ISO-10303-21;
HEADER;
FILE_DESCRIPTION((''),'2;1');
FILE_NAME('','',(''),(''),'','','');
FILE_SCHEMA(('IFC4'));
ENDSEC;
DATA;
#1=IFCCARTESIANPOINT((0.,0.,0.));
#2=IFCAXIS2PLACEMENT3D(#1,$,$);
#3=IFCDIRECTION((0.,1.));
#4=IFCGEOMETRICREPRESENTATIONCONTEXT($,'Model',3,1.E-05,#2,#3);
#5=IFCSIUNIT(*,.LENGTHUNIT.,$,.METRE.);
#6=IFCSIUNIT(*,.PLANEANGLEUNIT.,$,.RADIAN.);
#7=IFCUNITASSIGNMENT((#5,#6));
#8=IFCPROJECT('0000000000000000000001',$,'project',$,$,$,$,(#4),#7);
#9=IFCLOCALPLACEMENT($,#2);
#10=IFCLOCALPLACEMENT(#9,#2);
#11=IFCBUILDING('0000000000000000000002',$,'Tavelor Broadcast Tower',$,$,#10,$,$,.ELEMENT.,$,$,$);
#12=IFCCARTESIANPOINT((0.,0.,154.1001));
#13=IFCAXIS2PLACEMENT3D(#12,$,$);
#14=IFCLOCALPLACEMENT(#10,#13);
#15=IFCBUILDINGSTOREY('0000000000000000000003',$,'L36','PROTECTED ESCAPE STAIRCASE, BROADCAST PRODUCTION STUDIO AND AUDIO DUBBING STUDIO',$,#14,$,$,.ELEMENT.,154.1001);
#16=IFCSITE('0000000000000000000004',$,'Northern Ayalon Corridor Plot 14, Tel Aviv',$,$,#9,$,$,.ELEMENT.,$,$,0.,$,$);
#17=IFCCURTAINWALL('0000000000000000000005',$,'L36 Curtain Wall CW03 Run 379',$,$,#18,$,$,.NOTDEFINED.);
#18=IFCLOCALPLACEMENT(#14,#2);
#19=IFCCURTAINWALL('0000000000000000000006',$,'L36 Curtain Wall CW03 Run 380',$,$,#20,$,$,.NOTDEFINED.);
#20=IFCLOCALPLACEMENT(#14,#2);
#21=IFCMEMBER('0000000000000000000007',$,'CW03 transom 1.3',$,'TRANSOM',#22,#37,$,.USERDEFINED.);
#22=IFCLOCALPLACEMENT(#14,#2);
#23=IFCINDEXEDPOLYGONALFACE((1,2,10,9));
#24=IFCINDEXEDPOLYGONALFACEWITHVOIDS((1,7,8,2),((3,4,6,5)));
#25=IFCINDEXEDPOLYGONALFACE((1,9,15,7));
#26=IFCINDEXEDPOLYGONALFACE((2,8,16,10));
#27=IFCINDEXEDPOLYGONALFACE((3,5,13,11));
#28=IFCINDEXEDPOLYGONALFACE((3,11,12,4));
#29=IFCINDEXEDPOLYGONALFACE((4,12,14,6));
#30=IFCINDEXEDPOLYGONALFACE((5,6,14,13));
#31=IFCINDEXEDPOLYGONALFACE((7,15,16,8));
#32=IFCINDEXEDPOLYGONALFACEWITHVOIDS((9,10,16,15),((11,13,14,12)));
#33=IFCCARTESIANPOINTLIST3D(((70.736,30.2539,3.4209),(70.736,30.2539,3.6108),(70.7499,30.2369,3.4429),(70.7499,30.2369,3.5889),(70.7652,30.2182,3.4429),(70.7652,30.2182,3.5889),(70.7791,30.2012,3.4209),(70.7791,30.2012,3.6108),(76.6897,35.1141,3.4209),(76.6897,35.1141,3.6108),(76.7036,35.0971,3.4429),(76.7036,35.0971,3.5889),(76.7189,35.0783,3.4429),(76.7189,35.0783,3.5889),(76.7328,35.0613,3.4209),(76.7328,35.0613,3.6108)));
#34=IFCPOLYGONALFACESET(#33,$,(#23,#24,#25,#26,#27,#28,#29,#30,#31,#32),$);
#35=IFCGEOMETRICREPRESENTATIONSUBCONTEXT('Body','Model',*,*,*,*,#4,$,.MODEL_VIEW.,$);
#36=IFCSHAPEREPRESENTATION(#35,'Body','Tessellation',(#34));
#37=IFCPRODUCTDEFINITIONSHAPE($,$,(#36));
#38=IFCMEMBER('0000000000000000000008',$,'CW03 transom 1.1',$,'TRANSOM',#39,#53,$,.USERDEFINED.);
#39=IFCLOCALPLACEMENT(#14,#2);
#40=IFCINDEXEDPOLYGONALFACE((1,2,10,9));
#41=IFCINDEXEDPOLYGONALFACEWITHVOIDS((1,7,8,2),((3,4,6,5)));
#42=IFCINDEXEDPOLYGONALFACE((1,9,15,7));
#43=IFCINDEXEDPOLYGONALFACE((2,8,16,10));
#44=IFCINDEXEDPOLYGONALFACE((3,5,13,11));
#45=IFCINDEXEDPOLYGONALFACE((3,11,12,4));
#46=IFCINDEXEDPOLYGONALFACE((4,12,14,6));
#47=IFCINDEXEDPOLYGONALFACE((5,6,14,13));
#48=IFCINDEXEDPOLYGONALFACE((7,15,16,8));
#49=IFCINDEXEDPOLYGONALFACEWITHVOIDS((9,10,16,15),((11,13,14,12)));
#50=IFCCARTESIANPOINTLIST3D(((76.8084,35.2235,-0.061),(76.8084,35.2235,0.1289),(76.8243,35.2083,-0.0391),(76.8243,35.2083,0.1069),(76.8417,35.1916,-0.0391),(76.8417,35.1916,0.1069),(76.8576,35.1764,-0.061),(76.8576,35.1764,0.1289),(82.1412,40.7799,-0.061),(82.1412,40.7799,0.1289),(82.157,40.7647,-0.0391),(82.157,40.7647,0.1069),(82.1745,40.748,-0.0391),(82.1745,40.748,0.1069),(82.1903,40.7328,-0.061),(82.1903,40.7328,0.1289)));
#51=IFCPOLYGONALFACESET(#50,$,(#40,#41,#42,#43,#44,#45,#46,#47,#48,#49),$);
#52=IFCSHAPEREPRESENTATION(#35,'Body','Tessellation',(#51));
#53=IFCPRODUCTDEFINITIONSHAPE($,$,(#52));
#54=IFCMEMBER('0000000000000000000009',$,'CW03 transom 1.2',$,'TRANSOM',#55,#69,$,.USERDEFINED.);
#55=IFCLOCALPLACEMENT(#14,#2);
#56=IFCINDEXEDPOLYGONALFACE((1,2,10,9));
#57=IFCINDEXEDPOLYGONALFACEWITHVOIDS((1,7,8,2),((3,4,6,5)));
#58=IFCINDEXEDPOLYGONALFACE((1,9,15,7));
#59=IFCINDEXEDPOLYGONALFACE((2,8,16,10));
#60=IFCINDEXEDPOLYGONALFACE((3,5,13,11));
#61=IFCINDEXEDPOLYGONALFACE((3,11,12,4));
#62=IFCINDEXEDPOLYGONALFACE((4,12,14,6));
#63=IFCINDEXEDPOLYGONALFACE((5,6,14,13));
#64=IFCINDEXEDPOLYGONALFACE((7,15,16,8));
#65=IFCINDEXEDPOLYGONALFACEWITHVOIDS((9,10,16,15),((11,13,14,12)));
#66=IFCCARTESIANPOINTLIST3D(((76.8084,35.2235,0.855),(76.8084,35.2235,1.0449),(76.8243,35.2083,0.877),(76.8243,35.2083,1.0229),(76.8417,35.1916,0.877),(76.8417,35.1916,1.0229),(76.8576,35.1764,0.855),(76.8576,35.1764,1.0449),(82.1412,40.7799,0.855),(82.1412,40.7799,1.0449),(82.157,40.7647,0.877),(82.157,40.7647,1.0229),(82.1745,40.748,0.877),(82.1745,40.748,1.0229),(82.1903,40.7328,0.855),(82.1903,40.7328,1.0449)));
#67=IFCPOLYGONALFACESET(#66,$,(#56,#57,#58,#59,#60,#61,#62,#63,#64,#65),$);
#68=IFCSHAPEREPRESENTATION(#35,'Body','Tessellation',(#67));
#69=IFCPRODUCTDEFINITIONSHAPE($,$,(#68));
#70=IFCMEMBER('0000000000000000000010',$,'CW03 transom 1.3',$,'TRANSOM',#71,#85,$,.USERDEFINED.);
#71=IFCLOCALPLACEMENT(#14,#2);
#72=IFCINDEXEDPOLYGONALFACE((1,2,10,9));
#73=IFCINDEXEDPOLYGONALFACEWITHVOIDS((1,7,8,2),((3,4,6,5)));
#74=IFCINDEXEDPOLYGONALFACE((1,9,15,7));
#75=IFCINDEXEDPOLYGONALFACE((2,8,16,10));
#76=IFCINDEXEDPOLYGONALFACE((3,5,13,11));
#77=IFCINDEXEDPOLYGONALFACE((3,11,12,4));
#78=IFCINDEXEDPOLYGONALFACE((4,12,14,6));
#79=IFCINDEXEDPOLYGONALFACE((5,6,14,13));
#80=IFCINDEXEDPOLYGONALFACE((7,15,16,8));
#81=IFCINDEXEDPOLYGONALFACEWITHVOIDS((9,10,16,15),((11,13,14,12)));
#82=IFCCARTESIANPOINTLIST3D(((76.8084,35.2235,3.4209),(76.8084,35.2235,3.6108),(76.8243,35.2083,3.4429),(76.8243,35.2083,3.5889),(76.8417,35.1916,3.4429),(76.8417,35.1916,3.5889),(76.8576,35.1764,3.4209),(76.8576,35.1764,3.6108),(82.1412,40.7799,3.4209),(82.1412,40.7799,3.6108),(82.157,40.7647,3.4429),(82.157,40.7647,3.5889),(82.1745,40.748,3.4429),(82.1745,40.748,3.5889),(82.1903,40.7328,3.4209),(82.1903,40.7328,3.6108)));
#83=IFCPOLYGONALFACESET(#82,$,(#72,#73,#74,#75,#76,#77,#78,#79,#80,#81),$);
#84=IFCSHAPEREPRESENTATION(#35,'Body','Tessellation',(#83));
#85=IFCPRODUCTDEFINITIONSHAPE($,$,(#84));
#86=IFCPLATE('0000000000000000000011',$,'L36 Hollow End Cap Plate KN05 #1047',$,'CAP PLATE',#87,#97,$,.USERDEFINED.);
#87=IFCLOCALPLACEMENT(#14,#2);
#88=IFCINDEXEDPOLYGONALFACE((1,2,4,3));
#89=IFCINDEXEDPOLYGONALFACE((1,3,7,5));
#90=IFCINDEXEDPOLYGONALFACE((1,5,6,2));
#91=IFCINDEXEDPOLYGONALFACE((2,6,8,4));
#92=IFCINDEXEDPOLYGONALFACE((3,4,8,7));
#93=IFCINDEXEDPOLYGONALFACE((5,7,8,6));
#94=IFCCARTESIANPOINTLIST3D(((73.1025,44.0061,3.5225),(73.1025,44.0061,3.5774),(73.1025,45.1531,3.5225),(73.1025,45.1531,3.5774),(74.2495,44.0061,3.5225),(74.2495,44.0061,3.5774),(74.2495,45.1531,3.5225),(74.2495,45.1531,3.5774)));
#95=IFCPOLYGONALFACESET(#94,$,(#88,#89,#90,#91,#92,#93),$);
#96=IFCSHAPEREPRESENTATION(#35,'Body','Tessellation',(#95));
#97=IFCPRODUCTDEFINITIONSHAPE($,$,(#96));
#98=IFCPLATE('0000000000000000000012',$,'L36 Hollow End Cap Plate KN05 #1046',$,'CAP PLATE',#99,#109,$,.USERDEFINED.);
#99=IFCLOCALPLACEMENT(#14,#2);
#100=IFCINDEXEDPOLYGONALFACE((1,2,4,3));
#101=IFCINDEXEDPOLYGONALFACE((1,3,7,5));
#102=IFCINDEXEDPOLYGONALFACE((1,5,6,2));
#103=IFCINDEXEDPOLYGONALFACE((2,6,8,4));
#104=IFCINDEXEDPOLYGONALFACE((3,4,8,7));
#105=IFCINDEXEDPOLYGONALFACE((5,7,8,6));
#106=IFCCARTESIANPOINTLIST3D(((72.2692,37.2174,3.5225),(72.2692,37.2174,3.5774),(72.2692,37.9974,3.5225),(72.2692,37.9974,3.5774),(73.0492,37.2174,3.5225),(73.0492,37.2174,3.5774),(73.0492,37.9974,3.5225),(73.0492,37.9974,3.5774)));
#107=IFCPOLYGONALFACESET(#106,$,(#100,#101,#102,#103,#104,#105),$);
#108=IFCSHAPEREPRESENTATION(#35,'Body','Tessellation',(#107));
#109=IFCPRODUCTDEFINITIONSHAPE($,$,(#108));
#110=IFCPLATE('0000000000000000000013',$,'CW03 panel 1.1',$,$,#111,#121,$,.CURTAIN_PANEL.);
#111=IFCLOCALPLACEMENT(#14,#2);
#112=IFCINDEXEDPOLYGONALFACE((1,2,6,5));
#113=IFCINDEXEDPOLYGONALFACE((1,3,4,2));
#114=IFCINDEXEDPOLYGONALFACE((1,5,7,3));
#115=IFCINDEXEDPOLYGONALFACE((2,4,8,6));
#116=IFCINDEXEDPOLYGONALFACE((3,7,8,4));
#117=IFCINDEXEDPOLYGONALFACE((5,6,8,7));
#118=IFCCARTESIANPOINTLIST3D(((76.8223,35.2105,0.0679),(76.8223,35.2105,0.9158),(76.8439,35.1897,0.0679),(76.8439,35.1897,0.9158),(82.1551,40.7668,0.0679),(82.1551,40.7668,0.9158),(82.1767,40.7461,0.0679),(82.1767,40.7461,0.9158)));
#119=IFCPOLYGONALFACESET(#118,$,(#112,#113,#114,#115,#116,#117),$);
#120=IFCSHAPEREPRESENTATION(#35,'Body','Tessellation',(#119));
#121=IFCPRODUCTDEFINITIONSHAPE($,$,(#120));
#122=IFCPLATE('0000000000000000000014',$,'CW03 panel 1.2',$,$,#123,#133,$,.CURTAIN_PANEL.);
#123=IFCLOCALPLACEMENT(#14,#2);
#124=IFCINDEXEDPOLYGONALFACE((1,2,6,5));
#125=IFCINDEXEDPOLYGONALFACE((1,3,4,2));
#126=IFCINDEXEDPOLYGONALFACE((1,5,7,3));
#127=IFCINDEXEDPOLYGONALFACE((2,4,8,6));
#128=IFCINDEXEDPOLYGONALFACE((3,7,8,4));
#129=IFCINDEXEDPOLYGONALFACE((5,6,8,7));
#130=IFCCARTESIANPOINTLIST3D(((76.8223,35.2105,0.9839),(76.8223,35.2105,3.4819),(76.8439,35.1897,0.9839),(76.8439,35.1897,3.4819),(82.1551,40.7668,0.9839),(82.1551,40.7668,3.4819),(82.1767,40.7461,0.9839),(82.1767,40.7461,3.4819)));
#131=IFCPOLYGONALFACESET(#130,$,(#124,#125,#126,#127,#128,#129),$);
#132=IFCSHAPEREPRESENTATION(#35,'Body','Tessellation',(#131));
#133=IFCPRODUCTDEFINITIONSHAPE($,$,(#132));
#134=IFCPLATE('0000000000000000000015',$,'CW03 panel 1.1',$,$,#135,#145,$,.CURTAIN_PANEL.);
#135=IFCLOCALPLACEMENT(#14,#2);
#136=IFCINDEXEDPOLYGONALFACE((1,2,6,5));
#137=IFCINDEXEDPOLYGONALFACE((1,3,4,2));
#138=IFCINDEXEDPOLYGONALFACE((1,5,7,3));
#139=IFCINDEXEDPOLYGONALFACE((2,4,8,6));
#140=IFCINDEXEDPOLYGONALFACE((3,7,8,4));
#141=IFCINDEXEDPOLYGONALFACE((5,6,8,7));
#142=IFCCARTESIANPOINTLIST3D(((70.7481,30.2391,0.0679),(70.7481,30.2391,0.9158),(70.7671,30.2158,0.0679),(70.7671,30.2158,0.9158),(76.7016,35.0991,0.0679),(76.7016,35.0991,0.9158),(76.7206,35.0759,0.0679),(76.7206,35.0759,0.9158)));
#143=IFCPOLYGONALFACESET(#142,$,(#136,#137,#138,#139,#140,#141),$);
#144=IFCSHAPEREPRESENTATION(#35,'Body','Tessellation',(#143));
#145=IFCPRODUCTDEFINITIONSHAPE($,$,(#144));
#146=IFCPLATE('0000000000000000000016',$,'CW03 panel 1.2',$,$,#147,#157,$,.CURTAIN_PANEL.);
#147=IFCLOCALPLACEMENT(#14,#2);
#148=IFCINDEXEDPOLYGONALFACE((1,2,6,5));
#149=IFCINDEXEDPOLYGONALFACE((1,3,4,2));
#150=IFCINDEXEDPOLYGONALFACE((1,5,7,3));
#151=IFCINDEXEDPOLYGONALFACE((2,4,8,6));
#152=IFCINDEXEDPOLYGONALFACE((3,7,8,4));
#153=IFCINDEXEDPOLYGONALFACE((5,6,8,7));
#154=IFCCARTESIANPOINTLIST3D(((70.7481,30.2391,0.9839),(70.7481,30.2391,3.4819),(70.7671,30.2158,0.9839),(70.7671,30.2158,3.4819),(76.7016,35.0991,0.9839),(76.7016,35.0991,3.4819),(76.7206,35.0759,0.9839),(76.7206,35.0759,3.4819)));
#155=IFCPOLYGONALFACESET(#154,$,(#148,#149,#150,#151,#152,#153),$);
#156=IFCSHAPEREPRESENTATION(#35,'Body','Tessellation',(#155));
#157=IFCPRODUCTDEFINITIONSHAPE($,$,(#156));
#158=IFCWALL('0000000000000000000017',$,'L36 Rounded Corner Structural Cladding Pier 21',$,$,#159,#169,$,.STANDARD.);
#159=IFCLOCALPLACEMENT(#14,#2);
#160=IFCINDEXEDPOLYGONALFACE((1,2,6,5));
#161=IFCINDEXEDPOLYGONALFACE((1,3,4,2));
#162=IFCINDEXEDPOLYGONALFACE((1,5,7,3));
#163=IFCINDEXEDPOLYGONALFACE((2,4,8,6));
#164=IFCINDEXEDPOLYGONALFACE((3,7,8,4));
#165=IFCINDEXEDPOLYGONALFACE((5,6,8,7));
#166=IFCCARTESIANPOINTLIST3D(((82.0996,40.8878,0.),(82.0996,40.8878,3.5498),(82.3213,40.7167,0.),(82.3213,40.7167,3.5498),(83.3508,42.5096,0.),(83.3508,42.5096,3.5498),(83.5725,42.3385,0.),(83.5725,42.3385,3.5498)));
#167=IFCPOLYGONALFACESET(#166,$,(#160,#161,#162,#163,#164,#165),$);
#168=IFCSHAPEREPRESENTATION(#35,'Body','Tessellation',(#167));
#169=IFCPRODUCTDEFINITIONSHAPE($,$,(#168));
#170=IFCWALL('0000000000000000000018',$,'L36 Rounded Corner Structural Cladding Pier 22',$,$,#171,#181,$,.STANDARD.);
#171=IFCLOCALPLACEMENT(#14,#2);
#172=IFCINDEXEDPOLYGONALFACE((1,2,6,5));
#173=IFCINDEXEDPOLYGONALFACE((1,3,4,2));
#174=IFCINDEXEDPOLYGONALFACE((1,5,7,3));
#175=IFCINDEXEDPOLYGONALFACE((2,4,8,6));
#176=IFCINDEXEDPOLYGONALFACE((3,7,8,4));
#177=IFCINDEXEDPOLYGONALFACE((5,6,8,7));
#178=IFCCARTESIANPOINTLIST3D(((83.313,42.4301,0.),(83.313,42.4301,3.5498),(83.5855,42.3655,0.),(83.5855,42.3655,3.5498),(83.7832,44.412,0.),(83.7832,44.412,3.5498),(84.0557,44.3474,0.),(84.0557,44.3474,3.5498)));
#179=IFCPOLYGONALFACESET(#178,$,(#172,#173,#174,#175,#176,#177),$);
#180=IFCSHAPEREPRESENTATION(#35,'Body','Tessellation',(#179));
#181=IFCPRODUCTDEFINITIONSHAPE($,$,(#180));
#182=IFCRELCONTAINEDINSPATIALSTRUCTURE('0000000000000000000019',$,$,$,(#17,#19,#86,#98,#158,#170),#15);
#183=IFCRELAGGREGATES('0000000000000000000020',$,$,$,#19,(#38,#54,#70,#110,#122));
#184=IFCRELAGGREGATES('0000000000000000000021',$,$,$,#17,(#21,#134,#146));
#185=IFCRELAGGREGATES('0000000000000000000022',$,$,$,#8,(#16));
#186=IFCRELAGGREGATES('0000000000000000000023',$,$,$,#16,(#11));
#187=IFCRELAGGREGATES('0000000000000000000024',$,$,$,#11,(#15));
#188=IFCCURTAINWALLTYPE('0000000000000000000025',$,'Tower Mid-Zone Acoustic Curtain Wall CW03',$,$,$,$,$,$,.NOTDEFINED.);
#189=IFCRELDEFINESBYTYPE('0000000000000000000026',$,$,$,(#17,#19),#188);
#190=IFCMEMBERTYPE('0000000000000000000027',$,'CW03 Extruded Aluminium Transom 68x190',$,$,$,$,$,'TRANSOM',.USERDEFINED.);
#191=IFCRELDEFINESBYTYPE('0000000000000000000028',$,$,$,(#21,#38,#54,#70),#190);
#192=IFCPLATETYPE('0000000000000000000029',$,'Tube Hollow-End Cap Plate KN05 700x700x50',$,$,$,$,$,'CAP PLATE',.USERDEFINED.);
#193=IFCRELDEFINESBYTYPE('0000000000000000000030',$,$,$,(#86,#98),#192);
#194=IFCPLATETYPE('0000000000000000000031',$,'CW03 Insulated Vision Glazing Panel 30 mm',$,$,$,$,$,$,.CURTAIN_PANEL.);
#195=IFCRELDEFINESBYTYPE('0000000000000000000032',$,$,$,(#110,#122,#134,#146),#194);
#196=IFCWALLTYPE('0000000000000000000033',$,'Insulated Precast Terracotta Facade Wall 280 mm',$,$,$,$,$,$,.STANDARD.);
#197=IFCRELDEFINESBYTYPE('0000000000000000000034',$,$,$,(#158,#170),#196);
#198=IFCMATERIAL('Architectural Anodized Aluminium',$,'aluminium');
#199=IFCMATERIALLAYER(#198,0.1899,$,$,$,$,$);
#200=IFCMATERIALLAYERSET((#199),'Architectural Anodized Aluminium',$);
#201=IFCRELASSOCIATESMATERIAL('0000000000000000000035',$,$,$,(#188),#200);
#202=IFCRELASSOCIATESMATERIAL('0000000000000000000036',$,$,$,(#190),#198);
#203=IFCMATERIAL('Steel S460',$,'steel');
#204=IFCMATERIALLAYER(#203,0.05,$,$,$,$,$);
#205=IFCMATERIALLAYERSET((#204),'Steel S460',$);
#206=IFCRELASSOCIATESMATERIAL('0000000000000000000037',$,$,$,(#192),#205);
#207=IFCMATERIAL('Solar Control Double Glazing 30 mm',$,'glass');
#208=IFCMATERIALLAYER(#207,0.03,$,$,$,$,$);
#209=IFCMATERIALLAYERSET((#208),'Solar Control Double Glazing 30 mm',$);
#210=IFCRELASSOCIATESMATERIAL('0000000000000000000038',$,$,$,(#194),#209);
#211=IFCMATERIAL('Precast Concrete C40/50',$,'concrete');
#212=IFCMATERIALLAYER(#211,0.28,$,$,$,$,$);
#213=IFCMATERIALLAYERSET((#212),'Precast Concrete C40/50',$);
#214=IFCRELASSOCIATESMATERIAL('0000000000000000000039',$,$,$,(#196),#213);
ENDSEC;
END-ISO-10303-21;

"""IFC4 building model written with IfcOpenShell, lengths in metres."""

from ifc_helpers import new_model, si_unit, direction, frame, frame_2d, origin, origin_2d, place, context, subcontext, project, spatial, rectangle, hollow_rectangle, extrude, source, transform, mapped, material, layer, layer_set, material_profile, profile_set, type_object, type_shapes, element, aggregate, save


model = new_model("IFC4")

# Units and contexts
model_context = context("Model", 3, precision=1e-05, world=origin(), true_north=direction((0.0, 1.0)))
body_context = subcontext(model_context, "Body", "Model", "MODEL_VIEW")
ifc_project = project(units=[si_unit("LENGTHUNIT", "METRE"), si_unit("PLANEANGLEUNIT", "RADIAN")], contexts=[model_context])

# Site, building, storey
site_placement = place(None, origin())
site = spatial("IfcSite", under=ifc_project, at=site_placement, Name="Northern Ayalon Corridor Plot 14, Tel Aviv", CompositionType="ELEMENT", RefElevation=0.0)
building_placement = place(site_placement, origin())
building = spatial("IfcBuilding", under=site, at=building_placement, Name="Tavelor Broadcast Tower", CompositionType="ELEMENT")
storey_placement = place(building_placement, frame((0.0, 0.0, 154.1001)))
storey = spatial("IfcBuildingStorey", under=building, at=storey_placement, Name="L36", Description="PROTECTED ESCAPE STAIRCASE, BROADCAST PRODUCTION STUDIO AND AUDIO DUBBING STUDIO", CompositionType="ELEMENT", Elevation=154.1001)

# Shared definitions
ifc_material_1 = material(Name="Steel S460", Category="steel")

# Curtain wall
ifc_material_2 = material(Name="Architectural Anodized Aluminium", Category="aluminium")
ifc_layer_1 = layer(ifc_material_2, 0.1899)
ifc_layer_set_1 = layer_set([ifc_layer_1], Name="Architectural Anodized Aluminium")
curtain_wall_type = type_object("IfcCurtainWallType", Name="Tower Mid-Zone Acoustic Curtain Wall CW03", PredefinedType="NOTDEFINED", material=ifc_layer_set_1)
curtain_wall_1_placement = place(storey_placement, origin())
curtain_wall_1 = element("IfcCurtainWall", 1, at=curtain_wall_1_placement, inside=storey, type_object=curtain_wall_type, Name="L36 Curtain Wall CW03 Run 379", PredefinedType="NOTDEFINED")

# Curtain wall
curtain_wall_2_placement = place(storey_placement, origin())
curtain_wall_2 = element("IfcCurtainWall", 2, at=curtain_wall_2_placement, inside=storey, type_object=curtain_wall_type, Name="L36 Curtain Wall CW03 Run 380", PredefinedType="NOTDEFINED")

# Members
ifc_material_profile_1 = material_profile(ifc_material_2, hollow_rectangle(XDim=0.0681, YDim=0.1899, WallThickness=0.022, at=origin_2d()), Name="RHS 68x190x22")
ifc_profile_set_1 = profile_set([ifc_material_profile_1], Name="Architectural Anodized Aluminium")
member_type_1 = type_object("IfcMemberType", Name="CW03 Extruded Aluminium Transom 68x190", ElementType="TRANSOM", PredefinedType="USERDEFINED", material=ifc_profile_set_1)
shared_shape_1 = source(origin(), body_context, "Body", "SweptSolid", [
    extrude(hollow_rectangle(XDim=0.0681, YDim=0.1899, WallThickness=0.022, at=origin_2d()), origin(), (0.0, 0.0, 1.0), 7.6855),
])
member_1_placement = place(storey_placement, frame((70.7576, 30.2275, 3.5159), z_axis=(0.77466, 0.632378, 0.0), x_axis=(-0.632378, 0.77466, 0.0)))
member_1 = element("IfcMember", 3, at=member_1_placement, type_object=member_type_1, Name="CW03 transom 1.3", ObjectType="TRANSOM", PredefinedType="USERDEFINED", context=body_context, shape_type="MappedRepresentation", body=[
    mapped(shared_shape_1, transform((0.0, 0.0, 0.0), scale=1.0)),
])
shared_shape_2 = source(origin(), body_context, "Body", "SweptSolid", [
    extrude(hollow_rectangle(XDim=0.0681, YDim=0.1899, WallThickness=0.022, at=origin_2d()), origin(), (0.0, 0.0, 1.0), 7.7014),
])
type_shapes(member_type_1, [shared_shape_1, shared_shape_2])
member_2_placement = place(storey_placement, frame((76.833, 35.2, 0.0339), z_axis=(0.692439, 0.721477, 0.0), x_axis=(-0.721477, 0.692439, 0.0)))
member_2 = element("IfcMember", 4, at=member_2_placement, type_object=member_type_1, Name="CW03 transom 1.1", ObjectType="TRANSOM", PredefinedType="USERDEFINED", context=body_context, shape_type="MappedRepresentation", body=[
    mapped(shared_shape_2, transform((0.0, 0.0, 0.0), scale=1.0)),
])
member_3_placement = place(storey_placement, frame((76.833, 35.2, 0.95), z_axis=(0.692439, 0.721477, 0.0), x_axis=(-0.721477, 0.692439, 0.0)))
member_3 = element("IfcMember", 5, at=member_3_placement, type_object=member_type_1, Name="CW03 transom 1.2", ObjectType="TRANSOM", PredefinedType="USERDEFINED", context=body_context, shape_type="MappedRepresentation", body=[
    mapped(shared_shape_2, transform((0.0, 0.0, 0.0), scale=1.0)),
])
member_4_placement = place(storey_placement, frame((76.833, 35.2, 3.5159), z_axis=(0.692439, 0.721477, 0.0), x_axis=(-0.721477, 0.692439, 0.0)))
member_4 = element("IfcMember", 6, at=member_4_placement, type_object=member_type_1, Name="CW03 transom 1.3", ObjectType="TRANSOM", PredefinedType="USERDEFINED", context=body_context, shape_type="MappedRepresentation", body=[
    mapped(shared_shape_2, transform((0.0, 0.0, 0.0), scale=1.0)),
])

# Plates
ifc_layer_2 = layer(ifc_material_1, 0.05)
ifc_layer_set_2 = layer_set([ifc_layer_2], Name="Steel S460")
plate_type_1 = type_object("IfcPlateType", Name="Tube Hollow-End Cap Plate KN05 700x700x50", ElementType="CAP PLATE", PredefinedType="USERDEFINED", material=ifc_layer_set_2)
shared_shape_3 = source(origin(), body_context, "Body", "SweptSolid", [
    extrude(rectangle(XDim=1.147, YDim=1.147, at=origin_2d()), origin(), (0.0, 0.0, 1.0), 0.0549),
])
plate_1_placement = place(storey_placement, frame((73.676, 44.5796, 3.5225), z_axis=(0.0, 0.0, 1.0), x_axis=(1.0, 0.0, 0.0)))
element("IfcPlate", 7, at=plate_1_placement, inside=storey, type_object=plate_type_1, Name="L36 Hollow End Cap Plate KN05 #1047", ObjectType="CAP PLATE", PredefinedType="USERDEFINED", context=body_context, shape_type="MappedRepresentation", body=[
    mapped(shared_shape_3, transform((0.0, 0.0, 0.0), scale=1.0)),
])
shared_shape_4 = source(origin(), body_context, "Body", "SweptSolid", [
    extrude(rectangle(XDim=0.78, YDim=0.78, at=origin_2d()), origin(), (0.0, 0.0, 1.0), 0.0549),
])
type_shapes(plate_type_1, [shared_shape_3, shared_shape_4])
plate_2_placement = place(storey_placement, frame((72.6592, 37.6074, 3.5225), z_axis=(0.0, 0.0, 1.0), x_axis=(1.0, 0.0, 0.0)))
element("IfcPlate", 8, at=plate_2_placement, inside=storey, type_object=plate_type_1, Name="L36 Hollow End Cap Plate KN05 #1046", ObjectType="CAP PLATE", PredefinedType="USERDEFINED", context=body_context, shape_type="MappedRepresentation", body=[
    mapped(shared_shape_4, transform((0.0, 0.0, 0.0), scale=1.0)),
])

# Plates
ifc_material_3 = material(Name="Solar Control Double Glazing 30 mm", Category="glass")
ifc_layer_3 = layer(ifc_material_3, 0.03)
ifc_layer_set_3 = layer_set([ifc_layer_3], Name="Solar Control Double Glazing 30 mm")
plate_type_2 = type_object("IfcPlateType", Name="CW03 Insulated Vision Glazing Panel 30 mm", PredefinedType="CURTAIN_PANEL", material=ifc_layer_set_3)
shared_shape_5 = source(origin(), body_context, "Body", "SweptSolid", [
    extrude(rectangle(XDim=7.7014, YDim=0.03, at=origin_2d()), origin(), (0.0, 0.0, 1.0), 0.8479),
])
plate_3_placement = place(storey_placement, frame((79.4995, 37.9783, 0.0679), z_axis=(0.0, 0.0, 1.0), x_axis=(0.692444, 0.721471, 0.0)))
plate_3 = element("IfcPlate", 9, at=plate_3_placement, type_object=plate_type_2, Name="CW03 panel 1.1", PredefinedType="CURTAIN_PANEL", context=body_context, shape_type="MappedRepresentation", body=[
    mapped(shared_shape_5, transform((0.0, 0.0, 0.0), scale=1.0)),
])
shared_shape_6 = source(origin(), body_context, "Body", "SweptSolid", [
    extrude(rectangle(XDim=7.7014, YDim=0.03, at=origin_2d()), origin(), (0.0, 0.0, 1.0), 2.498),
])
plate_4_placement = place(storey_placement, frame((79.4995, 37.9783, 0.9839), z_axis=(0.0, 0.0, 1.0), x_axis=(0.692444, 0.721471, 0.0)))
plate_4 = element("IfcPlate", 10, at=plate_4_placement, type_object=plate_type_2, Name="CW03 panel 1.2", PredefinedType="CURTAIN_PANEL", context=body_context, shape_type="MappedRepresentation", body=[
    mapped(shared_shape_6, transform((0.0, 0.0, 0.0), scale=1.0)),
])
aggregate(curtain_wall_2, [member_2, member_3, member_4, plate_3, plate_4])
shared_shape_7 = source(origin(), body_context, "Body", "SweptSolid", [
    extrude(rectangle(XDim=7.6853, YDim=0.03, at=origin_2d()), origin(), (0.0, 0.0, 1.0), 0.8479),
])
plate_5_placement = place(storey_placement, frame((73.7344, 32.6575, 0.0679), z_axis=(0.0, 0.0, 1.0), x_axis=(0.774657, 0.632381, 0.0)))
plate_5 = element("IfcPlate", 11, at=plate_5_placement, type_object=plate_type_2, Name="CW03 panel 1.1", PredefinedType="CURTAIN_PANEL", context=body_context, shape_type="MappedRepresentation", body=[
    mapped(shared_shape_7, transform((0.0, 0.0, 0.0), scale=1.0)),
])
shared_shape_8 = source(origin(), body_context, "Body", "SweptSolid", [
    extrude(rectangle(XDim=7.6853, YDim=0.03, at=origin_2d()), origin(), (0.0, 0.0, 1.0), 2.498),
])
type_shapes(plate_type_2, [shared_shape_5, shared_shape_6, shared_shape_7, shared_shape_8])
plate_6_placement = place(storey_placement, frame((73.7344, 32.6575, 0.9839), z_axis=(0.0, 0.0, 1.0), x_axis=(0.774657, 0.632381, 0.0)))
plate_6 = element("IfcPlate", 12, at=plate_6_placement, type_object=plate_type_2, Name="CW03 panel 1.2", PredefinedType="CURTAIN_PANEL", context=body_context, shape_type="MappedRepresentation", body=[
    mapped(shared_shape_8, transform((0.0, 0.0, 0.0), scale=1.0)),
])
aggregate(curtain_wall_1, [member_1, plate_5, plate_6])

# Walls
ifc_material_4 = material(Name="Precast Concrete C40/50", Category="concrete")
ifc_layer_4 = layer(ifc_material_4, 0.28)
ifc_layer_set_4 = layer_set([ifc_layer_4], Name="Precast Concrete C40/50")
wall_type_1 = type_object("IfcWallType", Name="Insulated Precast Terracotta Facade Wall 280 mm", PredefinedType="STANDARD", material=ifc_layer_set_4)
wall_1_placement = place(storey_placement, frame((82.2104, 40.8022, 0.0), z_axis=(0.0, 0.0, 1.0), x_axis=(0.610833, 0.791759, 0.0)))
element("IfcWall", 13, at=wall_1_placement, inside=storey, type_object=wall_type_1, Name="L36 Rounded Corner Structural Cladding Pier 21", PredefinedType="STANDARD", context=body_context, shape_type="SweptSolid", body=[
    extrude(rectangle(XDim=2.0483, YDim=0.28, at=frame_2d((1.0242, 0.0))), origin(), (0.0, 0.0, 1.0), 3.5498),
])
for number, where, z_axis, x_axis, name in (
    (14, (83.4492, 42.3977, 0.0), (0.0, 0.0, 1.0), (0.230843, 0.972991, 0.0), "L36 Rounded Corner Structural Cladding Pier 22"),
):
    element("IfcWall", number, at=place(storey_placement, frame(where, z_axis=z_axis, x_axis=x_axis)), inside=storey, type_object=wall_type_1, Name=name, PredefinedType="STANDARD", context=body_context, shape_type="SweptSolid", body=[
        extrude(rectangle(XDim=2.0369, YDim=0.28, at=frame_2d((1.0186, 0.0))), origin(), (0.0, 0.0, 1.0), 3.5498),
    ])

save(model, "model.ifc")
